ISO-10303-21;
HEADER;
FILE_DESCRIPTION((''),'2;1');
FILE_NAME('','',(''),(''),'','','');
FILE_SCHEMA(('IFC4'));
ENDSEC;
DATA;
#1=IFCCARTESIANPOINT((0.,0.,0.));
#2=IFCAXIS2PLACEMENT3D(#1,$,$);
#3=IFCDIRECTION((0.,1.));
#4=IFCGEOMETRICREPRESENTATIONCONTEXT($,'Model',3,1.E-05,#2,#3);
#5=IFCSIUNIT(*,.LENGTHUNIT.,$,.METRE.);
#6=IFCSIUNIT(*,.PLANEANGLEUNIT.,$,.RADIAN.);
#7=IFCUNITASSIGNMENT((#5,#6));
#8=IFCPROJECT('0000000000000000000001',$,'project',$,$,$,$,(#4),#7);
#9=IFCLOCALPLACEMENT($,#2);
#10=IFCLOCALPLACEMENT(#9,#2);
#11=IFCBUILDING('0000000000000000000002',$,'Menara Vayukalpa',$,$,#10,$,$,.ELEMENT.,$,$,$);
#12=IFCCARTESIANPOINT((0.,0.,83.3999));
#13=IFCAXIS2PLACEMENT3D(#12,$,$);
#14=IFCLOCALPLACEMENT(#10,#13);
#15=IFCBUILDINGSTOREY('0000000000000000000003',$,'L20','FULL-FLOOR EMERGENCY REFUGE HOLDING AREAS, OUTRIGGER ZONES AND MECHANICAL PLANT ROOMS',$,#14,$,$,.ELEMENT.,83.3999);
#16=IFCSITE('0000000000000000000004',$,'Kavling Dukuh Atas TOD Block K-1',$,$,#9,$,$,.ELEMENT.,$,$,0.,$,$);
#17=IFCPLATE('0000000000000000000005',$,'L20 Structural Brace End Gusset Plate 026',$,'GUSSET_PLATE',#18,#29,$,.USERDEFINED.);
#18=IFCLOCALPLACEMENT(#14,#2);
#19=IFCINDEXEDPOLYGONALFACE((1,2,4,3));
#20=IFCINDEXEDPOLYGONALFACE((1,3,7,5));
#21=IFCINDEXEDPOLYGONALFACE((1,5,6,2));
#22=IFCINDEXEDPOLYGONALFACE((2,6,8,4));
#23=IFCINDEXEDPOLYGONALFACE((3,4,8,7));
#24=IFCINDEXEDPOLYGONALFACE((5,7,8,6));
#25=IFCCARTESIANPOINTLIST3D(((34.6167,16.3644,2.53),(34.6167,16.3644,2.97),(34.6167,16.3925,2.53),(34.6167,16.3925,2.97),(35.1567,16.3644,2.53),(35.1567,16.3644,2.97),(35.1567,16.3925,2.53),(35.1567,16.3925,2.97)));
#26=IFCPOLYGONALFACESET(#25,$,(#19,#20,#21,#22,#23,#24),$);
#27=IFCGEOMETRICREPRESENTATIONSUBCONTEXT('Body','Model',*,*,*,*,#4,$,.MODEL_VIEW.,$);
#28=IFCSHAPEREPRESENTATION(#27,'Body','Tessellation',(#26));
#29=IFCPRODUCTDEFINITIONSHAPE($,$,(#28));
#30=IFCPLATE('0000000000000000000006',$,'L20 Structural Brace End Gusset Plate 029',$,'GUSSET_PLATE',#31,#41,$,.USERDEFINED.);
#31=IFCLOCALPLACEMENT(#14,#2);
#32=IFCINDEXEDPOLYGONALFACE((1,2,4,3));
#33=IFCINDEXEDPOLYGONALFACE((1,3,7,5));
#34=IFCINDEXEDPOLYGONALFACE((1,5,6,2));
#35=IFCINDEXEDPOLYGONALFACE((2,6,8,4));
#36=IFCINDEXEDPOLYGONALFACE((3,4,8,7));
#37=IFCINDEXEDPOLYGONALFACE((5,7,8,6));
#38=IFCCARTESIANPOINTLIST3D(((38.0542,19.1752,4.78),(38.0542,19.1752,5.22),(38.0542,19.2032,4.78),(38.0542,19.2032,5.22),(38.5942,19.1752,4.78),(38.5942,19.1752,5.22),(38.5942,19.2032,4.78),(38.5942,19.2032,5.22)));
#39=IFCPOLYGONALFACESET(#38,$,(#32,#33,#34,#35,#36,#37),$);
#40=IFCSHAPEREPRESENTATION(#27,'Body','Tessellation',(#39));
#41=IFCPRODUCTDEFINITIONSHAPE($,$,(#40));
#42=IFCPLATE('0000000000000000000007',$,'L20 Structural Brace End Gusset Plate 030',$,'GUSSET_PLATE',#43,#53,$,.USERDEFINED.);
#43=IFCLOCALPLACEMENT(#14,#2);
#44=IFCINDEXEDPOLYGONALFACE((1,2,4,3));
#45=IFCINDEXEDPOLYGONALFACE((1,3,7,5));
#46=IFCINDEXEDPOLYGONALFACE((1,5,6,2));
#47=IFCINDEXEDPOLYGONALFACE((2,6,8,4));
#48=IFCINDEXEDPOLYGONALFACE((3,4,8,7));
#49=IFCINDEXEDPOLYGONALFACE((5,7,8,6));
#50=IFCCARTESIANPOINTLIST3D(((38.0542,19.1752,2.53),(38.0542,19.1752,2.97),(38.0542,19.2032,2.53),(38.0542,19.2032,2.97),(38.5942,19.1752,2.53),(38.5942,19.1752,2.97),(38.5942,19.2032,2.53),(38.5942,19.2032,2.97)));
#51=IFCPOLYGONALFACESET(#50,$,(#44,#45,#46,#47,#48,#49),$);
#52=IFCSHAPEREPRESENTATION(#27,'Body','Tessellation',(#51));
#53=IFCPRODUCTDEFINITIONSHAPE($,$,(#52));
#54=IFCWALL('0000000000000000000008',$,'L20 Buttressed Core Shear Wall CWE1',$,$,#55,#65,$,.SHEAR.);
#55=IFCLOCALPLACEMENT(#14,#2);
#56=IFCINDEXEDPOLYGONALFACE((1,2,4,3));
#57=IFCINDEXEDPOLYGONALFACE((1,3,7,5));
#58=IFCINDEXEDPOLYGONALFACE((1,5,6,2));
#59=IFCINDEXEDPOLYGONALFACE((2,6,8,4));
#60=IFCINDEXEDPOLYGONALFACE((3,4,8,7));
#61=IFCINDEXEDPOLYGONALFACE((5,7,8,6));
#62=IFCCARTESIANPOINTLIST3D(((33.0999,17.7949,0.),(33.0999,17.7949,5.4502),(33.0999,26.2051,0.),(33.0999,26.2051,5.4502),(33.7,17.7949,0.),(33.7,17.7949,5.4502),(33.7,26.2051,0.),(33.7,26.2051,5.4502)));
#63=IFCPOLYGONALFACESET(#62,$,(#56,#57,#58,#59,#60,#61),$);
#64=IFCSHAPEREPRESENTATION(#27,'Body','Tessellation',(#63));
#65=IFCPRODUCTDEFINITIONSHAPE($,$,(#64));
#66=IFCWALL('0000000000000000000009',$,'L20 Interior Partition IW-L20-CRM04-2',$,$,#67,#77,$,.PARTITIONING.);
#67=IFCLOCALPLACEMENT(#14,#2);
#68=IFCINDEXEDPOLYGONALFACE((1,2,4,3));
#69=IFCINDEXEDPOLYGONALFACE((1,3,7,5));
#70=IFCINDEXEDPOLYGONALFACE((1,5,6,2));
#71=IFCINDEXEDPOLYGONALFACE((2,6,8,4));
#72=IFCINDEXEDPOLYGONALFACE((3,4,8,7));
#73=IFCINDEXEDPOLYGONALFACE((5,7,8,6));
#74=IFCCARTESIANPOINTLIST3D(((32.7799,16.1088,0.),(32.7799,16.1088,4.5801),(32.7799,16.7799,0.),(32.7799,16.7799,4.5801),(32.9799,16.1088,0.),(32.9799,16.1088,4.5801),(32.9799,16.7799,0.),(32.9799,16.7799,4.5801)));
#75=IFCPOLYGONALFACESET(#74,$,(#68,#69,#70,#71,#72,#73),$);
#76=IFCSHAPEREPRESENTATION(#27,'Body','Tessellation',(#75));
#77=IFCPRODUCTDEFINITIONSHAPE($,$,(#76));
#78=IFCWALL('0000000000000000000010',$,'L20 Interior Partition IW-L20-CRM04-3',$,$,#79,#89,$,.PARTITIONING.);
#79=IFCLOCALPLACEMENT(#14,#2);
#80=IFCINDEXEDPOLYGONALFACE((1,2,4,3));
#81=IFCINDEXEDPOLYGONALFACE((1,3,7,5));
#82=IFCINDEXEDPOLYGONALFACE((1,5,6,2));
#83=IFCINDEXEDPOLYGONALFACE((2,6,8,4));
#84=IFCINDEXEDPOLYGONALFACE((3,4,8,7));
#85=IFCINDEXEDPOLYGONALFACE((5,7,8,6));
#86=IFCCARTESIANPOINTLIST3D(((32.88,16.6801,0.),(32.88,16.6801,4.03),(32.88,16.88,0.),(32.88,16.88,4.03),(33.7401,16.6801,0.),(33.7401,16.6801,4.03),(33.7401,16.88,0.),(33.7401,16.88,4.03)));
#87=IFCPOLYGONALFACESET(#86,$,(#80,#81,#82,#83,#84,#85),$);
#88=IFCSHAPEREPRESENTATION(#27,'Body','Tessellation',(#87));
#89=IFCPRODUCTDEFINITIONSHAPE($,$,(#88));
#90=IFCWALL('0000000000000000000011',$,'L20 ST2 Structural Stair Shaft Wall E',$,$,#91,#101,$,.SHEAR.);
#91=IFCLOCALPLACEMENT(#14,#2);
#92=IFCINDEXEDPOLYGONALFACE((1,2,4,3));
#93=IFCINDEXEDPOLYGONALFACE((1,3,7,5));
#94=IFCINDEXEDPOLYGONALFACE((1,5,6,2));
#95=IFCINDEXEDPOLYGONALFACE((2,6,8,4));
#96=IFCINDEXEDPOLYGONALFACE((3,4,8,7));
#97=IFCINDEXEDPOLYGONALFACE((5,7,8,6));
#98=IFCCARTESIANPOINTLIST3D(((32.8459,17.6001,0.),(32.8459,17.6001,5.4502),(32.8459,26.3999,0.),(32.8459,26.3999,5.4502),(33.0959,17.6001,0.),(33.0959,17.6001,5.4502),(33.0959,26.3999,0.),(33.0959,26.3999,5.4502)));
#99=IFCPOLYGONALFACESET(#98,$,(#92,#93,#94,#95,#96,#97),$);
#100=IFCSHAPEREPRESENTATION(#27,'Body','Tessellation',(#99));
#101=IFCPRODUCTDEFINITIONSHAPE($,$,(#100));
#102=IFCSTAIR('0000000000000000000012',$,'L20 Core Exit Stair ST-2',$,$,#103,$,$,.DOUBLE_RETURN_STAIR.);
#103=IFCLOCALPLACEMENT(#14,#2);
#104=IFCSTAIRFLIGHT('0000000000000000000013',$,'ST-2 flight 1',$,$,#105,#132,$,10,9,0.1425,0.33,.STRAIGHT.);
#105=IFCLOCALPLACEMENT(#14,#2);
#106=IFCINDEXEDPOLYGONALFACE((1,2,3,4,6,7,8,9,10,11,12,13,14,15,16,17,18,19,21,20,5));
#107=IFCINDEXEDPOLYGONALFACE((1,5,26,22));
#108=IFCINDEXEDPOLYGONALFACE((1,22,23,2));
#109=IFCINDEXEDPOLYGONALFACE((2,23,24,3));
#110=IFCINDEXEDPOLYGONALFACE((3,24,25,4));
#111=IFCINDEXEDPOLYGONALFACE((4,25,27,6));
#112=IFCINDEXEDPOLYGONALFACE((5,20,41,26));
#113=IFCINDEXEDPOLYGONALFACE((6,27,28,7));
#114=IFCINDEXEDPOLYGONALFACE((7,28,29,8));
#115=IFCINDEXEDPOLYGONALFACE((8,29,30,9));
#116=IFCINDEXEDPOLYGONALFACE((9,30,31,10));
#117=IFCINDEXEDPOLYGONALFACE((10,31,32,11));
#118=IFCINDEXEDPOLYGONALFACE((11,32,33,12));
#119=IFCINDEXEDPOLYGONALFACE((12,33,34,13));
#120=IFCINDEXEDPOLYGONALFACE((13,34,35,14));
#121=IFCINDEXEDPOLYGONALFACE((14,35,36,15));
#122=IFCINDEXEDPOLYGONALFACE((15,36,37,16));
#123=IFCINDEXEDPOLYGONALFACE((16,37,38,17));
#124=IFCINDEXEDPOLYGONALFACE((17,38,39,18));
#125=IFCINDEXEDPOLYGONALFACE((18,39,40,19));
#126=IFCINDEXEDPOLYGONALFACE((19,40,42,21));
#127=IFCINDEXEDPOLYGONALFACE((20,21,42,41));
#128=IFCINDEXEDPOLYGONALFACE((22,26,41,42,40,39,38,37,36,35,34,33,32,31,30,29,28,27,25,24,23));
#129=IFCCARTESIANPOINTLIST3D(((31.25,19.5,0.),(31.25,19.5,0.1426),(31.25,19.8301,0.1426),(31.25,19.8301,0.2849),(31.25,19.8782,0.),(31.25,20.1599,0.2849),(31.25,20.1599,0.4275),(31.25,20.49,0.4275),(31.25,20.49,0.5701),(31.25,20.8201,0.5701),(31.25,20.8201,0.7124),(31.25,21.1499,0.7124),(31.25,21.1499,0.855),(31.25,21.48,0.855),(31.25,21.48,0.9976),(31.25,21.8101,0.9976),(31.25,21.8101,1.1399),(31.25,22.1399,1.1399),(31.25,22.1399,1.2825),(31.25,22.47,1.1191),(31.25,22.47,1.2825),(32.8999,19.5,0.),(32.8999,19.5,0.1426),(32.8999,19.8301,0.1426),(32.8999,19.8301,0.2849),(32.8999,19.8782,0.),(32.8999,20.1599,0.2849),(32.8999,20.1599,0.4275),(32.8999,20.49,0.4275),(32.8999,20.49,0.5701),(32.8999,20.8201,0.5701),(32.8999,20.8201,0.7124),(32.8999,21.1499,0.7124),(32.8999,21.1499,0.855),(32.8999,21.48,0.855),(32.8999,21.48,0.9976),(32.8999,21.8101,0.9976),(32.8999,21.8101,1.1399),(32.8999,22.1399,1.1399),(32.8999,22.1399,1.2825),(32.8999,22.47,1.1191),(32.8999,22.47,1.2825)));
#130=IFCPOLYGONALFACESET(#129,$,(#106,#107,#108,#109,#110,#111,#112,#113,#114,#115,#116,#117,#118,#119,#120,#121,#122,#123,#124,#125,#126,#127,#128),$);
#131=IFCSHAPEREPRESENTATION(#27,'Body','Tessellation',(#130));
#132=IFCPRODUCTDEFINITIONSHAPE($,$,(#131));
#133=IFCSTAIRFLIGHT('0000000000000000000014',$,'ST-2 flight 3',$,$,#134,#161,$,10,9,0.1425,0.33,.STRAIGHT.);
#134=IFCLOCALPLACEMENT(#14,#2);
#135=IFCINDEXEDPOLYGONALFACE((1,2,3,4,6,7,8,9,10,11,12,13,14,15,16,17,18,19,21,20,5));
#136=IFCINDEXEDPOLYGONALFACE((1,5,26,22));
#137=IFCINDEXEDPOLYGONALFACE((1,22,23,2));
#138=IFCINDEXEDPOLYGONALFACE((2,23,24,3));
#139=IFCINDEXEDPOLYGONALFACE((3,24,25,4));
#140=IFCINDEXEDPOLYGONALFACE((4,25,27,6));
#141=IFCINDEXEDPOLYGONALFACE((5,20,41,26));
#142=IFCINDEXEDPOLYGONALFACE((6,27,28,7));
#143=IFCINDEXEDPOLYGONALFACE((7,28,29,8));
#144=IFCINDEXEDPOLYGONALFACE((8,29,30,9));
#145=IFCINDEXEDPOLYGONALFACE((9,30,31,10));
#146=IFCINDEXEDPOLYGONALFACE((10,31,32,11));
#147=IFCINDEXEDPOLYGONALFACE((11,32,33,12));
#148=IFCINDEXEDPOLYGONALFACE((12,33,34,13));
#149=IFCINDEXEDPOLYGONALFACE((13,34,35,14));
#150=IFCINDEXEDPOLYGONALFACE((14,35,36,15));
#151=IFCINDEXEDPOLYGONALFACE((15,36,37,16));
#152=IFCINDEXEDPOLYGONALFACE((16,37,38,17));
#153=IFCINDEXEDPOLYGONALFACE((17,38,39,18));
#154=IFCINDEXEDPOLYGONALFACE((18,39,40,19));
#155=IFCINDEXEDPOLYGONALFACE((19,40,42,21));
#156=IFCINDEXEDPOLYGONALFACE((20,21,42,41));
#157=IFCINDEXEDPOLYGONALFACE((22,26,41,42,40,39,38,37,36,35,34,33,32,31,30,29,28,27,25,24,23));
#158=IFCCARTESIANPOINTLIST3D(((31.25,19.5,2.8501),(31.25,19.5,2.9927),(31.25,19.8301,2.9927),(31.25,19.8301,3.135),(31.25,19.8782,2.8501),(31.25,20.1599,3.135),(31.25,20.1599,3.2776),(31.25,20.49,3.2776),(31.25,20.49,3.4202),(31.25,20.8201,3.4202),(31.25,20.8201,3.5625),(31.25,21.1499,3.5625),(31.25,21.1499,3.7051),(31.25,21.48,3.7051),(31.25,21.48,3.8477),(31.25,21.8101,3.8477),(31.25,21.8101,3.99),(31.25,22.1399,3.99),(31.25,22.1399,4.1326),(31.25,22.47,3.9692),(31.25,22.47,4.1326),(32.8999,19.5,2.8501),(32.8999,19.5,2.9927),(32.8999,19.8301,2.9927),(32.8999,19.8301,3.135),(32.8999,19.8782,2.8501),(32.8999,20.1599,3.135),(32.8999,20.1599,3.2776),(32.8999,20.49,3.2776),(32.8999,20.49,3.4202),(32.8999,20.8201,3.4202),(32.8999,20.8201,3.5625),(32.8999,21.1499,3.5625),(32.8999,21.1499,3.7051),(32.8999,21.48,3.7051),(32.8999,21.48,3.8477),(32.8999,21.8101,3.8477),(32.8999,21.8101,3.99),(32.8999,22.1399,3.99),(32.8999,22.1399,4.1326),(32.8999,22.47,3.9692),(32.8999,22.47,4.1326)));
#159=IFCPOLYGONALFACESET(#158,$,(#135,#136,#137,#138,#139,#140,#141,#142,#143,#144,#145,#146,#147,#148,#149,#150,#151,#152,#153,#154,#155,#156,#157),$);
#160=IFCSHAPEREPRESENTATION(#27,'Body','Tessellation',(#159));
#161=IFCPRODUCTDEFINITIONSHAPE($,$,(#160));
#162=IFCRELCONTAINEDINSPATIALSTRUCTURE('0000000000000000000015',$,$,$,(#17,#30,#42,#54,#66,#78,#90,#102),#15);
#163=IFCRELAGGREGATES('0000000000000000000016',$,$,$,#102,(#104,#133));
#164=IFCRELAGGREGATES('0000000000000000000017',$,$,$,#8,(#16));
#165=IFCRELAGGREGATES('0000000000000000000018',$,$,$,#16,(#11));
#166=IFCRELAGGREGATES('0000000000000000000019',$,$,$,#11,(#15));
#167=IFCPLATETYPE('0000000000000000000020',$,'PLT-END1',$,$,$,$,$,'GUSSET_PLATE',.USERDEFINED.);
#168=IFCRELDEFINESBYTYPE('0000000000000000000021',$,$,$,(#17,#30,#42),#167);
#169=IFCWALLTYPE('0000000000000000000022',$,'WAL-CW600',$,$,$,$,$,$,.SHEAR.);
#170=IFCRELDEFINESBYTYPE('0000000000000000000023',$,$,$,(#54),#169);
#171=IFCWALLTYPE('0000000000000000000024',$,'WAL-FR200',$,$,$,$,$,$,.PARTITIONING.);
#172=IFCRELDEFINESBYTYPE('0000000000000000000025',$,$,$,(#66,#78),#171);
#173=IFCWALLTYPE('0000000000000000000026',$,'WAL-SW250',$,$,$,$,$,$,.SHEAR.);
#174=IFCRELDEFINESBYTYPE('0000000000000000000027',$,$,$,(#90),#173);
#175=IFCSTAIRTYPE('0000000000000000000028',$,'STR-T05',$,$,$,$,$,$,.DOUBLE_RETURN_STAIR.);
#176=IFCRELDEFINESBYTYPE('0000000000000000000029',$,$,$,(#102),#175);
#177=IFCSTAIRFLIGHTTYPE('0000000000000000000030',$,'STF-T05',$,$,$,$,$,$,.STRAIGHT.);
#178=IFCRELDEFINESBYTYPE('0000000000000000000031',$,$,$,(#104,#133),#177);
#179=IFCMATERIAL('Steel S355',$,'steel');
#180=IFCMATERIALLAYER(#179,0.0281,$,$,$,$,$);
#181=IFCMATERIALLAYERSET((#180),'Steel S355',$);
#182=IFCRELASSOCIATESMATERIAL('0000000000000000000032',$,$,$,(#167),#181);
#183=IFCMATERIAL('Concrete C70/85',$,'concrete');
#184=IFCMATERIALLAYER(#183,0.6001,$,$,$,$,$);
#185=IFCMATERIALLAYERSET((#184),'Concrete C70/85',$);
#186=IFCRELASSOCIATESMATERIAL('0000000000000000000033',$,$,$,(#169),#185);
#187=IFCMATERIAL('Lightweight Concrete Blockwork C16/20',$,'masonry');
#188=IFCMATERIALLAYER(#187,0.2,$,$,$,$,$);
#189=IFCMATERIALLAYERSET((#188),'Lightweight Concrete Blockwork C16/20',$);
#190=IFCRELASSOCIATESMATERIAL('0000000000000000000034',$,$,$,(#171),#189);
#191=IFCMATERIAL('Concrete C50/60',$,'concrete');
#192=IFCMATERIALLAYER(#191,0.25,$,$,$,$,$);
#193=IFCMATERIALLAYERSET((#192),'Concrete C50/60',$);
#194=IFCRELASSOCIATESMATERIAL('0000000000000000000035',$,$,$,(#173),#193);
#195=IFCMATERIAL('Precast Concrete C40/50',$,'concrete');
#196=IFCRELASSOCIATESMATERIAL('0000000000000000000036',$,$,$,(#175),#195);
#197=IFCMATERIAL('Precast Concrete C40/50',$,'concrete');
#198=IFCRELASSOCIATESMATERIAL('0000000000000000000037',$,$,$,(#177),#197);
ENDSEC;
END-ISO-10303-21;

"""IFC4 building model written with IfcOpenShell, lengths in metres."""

from ifc_helpers import new_model, si_unit, direction, frame, frame_2d, origin, origin_2d, place, context, subcontext, project, spatial, polyline, rectangle, outline, extrude, material, layer, layer_set, type_object, element, aggregate, save


model = new_model("IFC4")

# Units and contexts
model_context = context("Model", 3, precision=1e-05, world=origin(), true_north=direction((0.0, 1.0)))
body_context = subcontext(model_context, "Body", "Model", "MODEL_VIEW")
ifc_project = project(units=[si_unit("LENGTHUNIT", "METRE"), si_unit("PLANEANGLEUNIT", "RADIAN")], contexts=[model_context])

# Site, building, storey
site_placement = place(None, origin())
site = spatial("IfcSite", under=ifc_project, at=site_placement, Name="Kavling Dukuh Atas TOD Block K-1", CompositionType="ELEMENT", RefElevation=0.0)
building_placement = place(site_placement, origin())
building = spatial("IfcBuilding", under=site, at=building_placement, Name="Menara Vayukalpa", CompositionType="ELEMENT")
storey_placement = place(building_placement, frame((0.0, 0.0, 83.3999)))
storey = spatial("IfcBuildingStorey", under=building, at=storey_placement, Name="L20", Description="FULL-FLOOR EMERGENCY REFUGE HOLDING AREAS, OUTRIGGER ZONES AND MECHANICAL PLANT ROOMS", CompositionType="ELEMENT", Elevation=83.3999)

# Plates
ifc_material_1 = material(Name="Steel S355", Category="steel")
ifc_layer_1 = layer(ifc_material_1, 0.0281)
ifc_layer_set_1 = layer_set([ifc_layer_1], Name="Steel S355")
plate_type = type_object("IfcPlateType", Name="PLT-END1", ElementType="GUSSET_PLATE", PredefinedType="USERDEFINED", material=ifc_layer_set_1)
for number, where, z_axis, x_axis, name in (
    (1, (34.8867, 16.3784, 2.53), (0.0, 0.0, 1.0), (1.0, 0.0, 0.0), "L20 Structural Brace End Gusset Plate 026"),
    (2, (38.3242, 19.1892, 4.78), (0.0, 0.0, 1.0), (1.0, 0.0, 0.0), "L20 Structural Brace End Gusset Plate 029"),
    (3, (38.3242, 19.1892, 2.53), (0.0, 0.0, 1.0), (1.0, 0.0, 0.0), "L20 Structural Brace End Gusset Plate 030"),
):
    element("IfcPlate", number, at=place(storey_placement, frame(where, z_axis=z_axis, x_axis=x_axis)), inside=storey, type_object=plate_type, Name=name, ObjectType="GUSSET_PLATE", PredefinedType="USERDEFINED", context=body_context, shape_type="SweptSolid", body=[
        extrude(rectangle(XDim=0.54, YDim=0.0281, at=origin_2d()), origin(), (0.0, 0.0, 1.0), 0.4399),
    ])

# Walls
ifc_material_2 = material(Name="Concrete C70/85", Category="concrete")
ifc_layer_2 = layer(ifc_material_2, 0.6001)
ifc_layer_set_2 = layer_set([ifc_layer_2], Name="Concrete C70/85")
wall_type_1 = type_object("IfcWallType", Name="WAL-CW600", PredefinedType="SHEAR", material=ifc_layer_set_2)
wall_1_placement = place(storey_placement, frame((33.3999, 17.7949, 0.0), z_axis=(0.0, 0.0, 1.0), x_axis=(0.0, 1.0, 0.0)))
element("IfcWall", 4, at=wall_1_placement, inside=storey, type_object=wall_type_1, Name="L20 Buttressed Core Shear Wall CWE1", PredefinedType="SHEAR", context=body_context, shape_type="SweptSolid", body=[
    extrude(rectangle(XDim=8.4102, YDim=0.6001, at=frame_2d((4.2051, 0.0))), origin(), (0.0, 0.0, 1.0), 5.4502),
])
ifc_material_3 = material(Name="Lightweight Concrete Blockwork C16/20", Category="masonry")
ifc_layer_3 = layer(ifc_material_3, 0.2)
ifc_layer_set_3 = layer_set([ifc_layer_3], Name="Lightweight Concrete Blockwork C16/20")
wall_type_2 = type_object("IfcWallType", Name="WAL-FR200", PredefinedType="PARTITIONING", material=ifc_layer_set_3)
wall_2_placement = place(storey_placement, frame((32.8799, 16.1089, 0.0), z_axis=(0.0, 0.0, 1.0), x_axis=(0.0, 1.0, 0.0)))
element("IfcWall", 5, at=wall_2_placement, inside=storey, type_object=wall_type_2, Name="L20 Interior Partition IW-L20-CRM04-2", PredefinedType="PARTITIONING", context=body_context, shape_type="SweptSolid", body=[
    extrude(rectangle(XDim=0.6711, YDim=0.2, at=frame_2d((0.3354, 0.0))), origin(), (0.0, 0.0, 1.0), 4.5801),
])
wall_3_placement = place(storey_placement, frame((32.8799, 16.78, 0.0), z_axis=(0.0, 0.0, 1.0), x_axis=(1.0, 0.0, 0.0)))
element("IfcWall", 6, at=wall_3_placement, inside=storey, type_object=wall_type_2, Name="L20 Interior Partition IW-L20-CRM04-3", PredefinedType="PARTITIONING", context=body_context, shape_type="SweptSolid", body=[
    extrude(rectangle(XDim=0.8601, YDim=0.2, at=frame_2d((0.4302, 0.0))), origin(), (0.0, 0.0, 1.0), 4.03),
])
ifc_material_4 = material(Name="Concrete C50/60", Category="concrete")
ifc_layer_4 = layer(ifc_material_4, 0.25)
ifc_layer_set_4 = layer_set([ifc_layer_4], Name="Concrete C50/60")
wall_type_3 = type_object("IfcWallType", Name="WAL-SW250", PredefinedType="SHEAR", material=ifc_layer_set_4)
wall_4_placement = place(storey_placement, frame((32.9709, 17.6001, 0.0), z_axis=(0.0, 0.0, 1.0), x_axis=(0.0, 1.0, 0.0)))
element("IfcWall", 7, at=wall_4_placement, inside=storey, type_object=wall_type_3, Name="L20 ST2 Structural Stair Shaft Wall E", PredefinedType="SHEAR", context=body_context, shape_type="SweptSolid", body=[
    extrude(rectangle(XDim=8.7998, YDim=0.25, at=frame_2d((4.3999, 0.0))), origin(), (0.0, 0.0, 1.0), 5.4502),
])

# Stair, stair flights
ifc_material_5 = material(Name="Precast Concrete C40/50", Category="concrete")
stair_type = type_object("IfcStairType", Name="STR-T05", PredefinedType="DOUBLE_RETURN_STAIR", material=ifc_material_5)
stair_placement = place(storey_placement, origin())
stair = element("IfcStair", 8, at=stair_placement, inside=storey, type_object=stair_type, Name="L20 Core Exit Stair ST-2", PredefinedType="DOUBLE_RETURN_STAIR")
ifc_material_6 = material(Name="Precast Concrete C40/50", Category="concrete")
stair_flight_type = type_object("IfcStairFlightType", Name="STF-T05", PredefinedType="STRAIGHT", material=ifc_material_6)
stair_flight_1_placement = place(storey_placement, frame((32.075, 19.5, 0.0), z_axis=(0.0, 0.0, 1.0), x_axis=(0.0, 1.0, 0.0)))
stair_flight_1 = element("IfcStairFlight", 9, at=stair_flight_1_placement, type_object=stair_flight_type, Name="ST-2 flight 1", NumberOfRisers=10, NumberOfTreads=9, PredefinedType="STRAIGHT", RiserHeight=0.1425, TreadLength=0.33, context=body_context, shape_type="SweptSolid", body=[
    extrude(outline(polyline([(0.0, 0.0), (0.0, 0.1426), (0.3301, 0.1426), (0.3301, 0.2849), (0.6599, 0.2849), (0.6599, 0.4275), (0.99, 0.4275), (0.99, 0.5701), (1.3201, 0.5701), (1.3201, 0.7124), (1.6499, 0.7124), (1.6499, 0.855), (1.98, 0.855), (1.98, 0.9976), (2.3101, 0.9976), (2.3101, 1.1399), (2.6399, 1.1399), (2.6399, 1.2825), (2.97, 1.2825), (2.97, 1.425), (2.97, 1.1191), (0.3782, 0.0), (0.0, 0.0)])), frame((0.0, 0.825, 0.0), z_axis=(0.0, -1.0, 0.0), x_axis=(1.0, 0.0, 0.0)), (0.0, 0.0, 1.0), 1.6499),
])
stair_flight_2_placement = place(storey_placement, frame((32.075, 19.5, 2.8501), z_axis=(0.0, 0.0, 1.0), x_axis=(0.0, 1.0, 0.0)))
stair_flight_2 = element("IfcStairFlight", 10, at=stair_flight_2_placement, type_object=stair_flight_type, Name="ST-2 flight 3", NumberOfRisers=10, NumberOfTreads=9, PredefinedType="STRAIGHT", RiserHeight=0.1425, TreadLength=0.33, context=body_context, shape_type="SweptSolid", body=[
    extrude(outline(polyline([(0.0, 0.0), (0.0, 0.1426), (0.3301, 0.1426), (0.3301, 0.2849), (0.6599, 0.2849), (0.6599, 0.4275), (0.99, 0.4275), (0.99, 0.5701), (1.3201, 0.5701), (1.3201, 0.7124), (1.6499, 0.7124), (1.6499, 0.855), (1.98, 0.855), (1.98, 0.9976), (2.3101, 0.9976), (2.3101, 1.1399), (2.6399, 1.1399), (2.6399, 1.2825), (2.97, 1.2825), (2.97, 1.425), (2.97, 1.1191), (0.3782, 0.0), (0.0, 0.0)])), frame((0.0, 0.825, 0.0), z_axis=(0.0, -1.0, 0.0), x_axis=(1.0, 0.0, 0.0)), (0.0, 0.0, 1.0), 1.6499),
])
aggregate(stair, [stair_flight_1, stair_flight_2])

save(model, "model.ifc")
